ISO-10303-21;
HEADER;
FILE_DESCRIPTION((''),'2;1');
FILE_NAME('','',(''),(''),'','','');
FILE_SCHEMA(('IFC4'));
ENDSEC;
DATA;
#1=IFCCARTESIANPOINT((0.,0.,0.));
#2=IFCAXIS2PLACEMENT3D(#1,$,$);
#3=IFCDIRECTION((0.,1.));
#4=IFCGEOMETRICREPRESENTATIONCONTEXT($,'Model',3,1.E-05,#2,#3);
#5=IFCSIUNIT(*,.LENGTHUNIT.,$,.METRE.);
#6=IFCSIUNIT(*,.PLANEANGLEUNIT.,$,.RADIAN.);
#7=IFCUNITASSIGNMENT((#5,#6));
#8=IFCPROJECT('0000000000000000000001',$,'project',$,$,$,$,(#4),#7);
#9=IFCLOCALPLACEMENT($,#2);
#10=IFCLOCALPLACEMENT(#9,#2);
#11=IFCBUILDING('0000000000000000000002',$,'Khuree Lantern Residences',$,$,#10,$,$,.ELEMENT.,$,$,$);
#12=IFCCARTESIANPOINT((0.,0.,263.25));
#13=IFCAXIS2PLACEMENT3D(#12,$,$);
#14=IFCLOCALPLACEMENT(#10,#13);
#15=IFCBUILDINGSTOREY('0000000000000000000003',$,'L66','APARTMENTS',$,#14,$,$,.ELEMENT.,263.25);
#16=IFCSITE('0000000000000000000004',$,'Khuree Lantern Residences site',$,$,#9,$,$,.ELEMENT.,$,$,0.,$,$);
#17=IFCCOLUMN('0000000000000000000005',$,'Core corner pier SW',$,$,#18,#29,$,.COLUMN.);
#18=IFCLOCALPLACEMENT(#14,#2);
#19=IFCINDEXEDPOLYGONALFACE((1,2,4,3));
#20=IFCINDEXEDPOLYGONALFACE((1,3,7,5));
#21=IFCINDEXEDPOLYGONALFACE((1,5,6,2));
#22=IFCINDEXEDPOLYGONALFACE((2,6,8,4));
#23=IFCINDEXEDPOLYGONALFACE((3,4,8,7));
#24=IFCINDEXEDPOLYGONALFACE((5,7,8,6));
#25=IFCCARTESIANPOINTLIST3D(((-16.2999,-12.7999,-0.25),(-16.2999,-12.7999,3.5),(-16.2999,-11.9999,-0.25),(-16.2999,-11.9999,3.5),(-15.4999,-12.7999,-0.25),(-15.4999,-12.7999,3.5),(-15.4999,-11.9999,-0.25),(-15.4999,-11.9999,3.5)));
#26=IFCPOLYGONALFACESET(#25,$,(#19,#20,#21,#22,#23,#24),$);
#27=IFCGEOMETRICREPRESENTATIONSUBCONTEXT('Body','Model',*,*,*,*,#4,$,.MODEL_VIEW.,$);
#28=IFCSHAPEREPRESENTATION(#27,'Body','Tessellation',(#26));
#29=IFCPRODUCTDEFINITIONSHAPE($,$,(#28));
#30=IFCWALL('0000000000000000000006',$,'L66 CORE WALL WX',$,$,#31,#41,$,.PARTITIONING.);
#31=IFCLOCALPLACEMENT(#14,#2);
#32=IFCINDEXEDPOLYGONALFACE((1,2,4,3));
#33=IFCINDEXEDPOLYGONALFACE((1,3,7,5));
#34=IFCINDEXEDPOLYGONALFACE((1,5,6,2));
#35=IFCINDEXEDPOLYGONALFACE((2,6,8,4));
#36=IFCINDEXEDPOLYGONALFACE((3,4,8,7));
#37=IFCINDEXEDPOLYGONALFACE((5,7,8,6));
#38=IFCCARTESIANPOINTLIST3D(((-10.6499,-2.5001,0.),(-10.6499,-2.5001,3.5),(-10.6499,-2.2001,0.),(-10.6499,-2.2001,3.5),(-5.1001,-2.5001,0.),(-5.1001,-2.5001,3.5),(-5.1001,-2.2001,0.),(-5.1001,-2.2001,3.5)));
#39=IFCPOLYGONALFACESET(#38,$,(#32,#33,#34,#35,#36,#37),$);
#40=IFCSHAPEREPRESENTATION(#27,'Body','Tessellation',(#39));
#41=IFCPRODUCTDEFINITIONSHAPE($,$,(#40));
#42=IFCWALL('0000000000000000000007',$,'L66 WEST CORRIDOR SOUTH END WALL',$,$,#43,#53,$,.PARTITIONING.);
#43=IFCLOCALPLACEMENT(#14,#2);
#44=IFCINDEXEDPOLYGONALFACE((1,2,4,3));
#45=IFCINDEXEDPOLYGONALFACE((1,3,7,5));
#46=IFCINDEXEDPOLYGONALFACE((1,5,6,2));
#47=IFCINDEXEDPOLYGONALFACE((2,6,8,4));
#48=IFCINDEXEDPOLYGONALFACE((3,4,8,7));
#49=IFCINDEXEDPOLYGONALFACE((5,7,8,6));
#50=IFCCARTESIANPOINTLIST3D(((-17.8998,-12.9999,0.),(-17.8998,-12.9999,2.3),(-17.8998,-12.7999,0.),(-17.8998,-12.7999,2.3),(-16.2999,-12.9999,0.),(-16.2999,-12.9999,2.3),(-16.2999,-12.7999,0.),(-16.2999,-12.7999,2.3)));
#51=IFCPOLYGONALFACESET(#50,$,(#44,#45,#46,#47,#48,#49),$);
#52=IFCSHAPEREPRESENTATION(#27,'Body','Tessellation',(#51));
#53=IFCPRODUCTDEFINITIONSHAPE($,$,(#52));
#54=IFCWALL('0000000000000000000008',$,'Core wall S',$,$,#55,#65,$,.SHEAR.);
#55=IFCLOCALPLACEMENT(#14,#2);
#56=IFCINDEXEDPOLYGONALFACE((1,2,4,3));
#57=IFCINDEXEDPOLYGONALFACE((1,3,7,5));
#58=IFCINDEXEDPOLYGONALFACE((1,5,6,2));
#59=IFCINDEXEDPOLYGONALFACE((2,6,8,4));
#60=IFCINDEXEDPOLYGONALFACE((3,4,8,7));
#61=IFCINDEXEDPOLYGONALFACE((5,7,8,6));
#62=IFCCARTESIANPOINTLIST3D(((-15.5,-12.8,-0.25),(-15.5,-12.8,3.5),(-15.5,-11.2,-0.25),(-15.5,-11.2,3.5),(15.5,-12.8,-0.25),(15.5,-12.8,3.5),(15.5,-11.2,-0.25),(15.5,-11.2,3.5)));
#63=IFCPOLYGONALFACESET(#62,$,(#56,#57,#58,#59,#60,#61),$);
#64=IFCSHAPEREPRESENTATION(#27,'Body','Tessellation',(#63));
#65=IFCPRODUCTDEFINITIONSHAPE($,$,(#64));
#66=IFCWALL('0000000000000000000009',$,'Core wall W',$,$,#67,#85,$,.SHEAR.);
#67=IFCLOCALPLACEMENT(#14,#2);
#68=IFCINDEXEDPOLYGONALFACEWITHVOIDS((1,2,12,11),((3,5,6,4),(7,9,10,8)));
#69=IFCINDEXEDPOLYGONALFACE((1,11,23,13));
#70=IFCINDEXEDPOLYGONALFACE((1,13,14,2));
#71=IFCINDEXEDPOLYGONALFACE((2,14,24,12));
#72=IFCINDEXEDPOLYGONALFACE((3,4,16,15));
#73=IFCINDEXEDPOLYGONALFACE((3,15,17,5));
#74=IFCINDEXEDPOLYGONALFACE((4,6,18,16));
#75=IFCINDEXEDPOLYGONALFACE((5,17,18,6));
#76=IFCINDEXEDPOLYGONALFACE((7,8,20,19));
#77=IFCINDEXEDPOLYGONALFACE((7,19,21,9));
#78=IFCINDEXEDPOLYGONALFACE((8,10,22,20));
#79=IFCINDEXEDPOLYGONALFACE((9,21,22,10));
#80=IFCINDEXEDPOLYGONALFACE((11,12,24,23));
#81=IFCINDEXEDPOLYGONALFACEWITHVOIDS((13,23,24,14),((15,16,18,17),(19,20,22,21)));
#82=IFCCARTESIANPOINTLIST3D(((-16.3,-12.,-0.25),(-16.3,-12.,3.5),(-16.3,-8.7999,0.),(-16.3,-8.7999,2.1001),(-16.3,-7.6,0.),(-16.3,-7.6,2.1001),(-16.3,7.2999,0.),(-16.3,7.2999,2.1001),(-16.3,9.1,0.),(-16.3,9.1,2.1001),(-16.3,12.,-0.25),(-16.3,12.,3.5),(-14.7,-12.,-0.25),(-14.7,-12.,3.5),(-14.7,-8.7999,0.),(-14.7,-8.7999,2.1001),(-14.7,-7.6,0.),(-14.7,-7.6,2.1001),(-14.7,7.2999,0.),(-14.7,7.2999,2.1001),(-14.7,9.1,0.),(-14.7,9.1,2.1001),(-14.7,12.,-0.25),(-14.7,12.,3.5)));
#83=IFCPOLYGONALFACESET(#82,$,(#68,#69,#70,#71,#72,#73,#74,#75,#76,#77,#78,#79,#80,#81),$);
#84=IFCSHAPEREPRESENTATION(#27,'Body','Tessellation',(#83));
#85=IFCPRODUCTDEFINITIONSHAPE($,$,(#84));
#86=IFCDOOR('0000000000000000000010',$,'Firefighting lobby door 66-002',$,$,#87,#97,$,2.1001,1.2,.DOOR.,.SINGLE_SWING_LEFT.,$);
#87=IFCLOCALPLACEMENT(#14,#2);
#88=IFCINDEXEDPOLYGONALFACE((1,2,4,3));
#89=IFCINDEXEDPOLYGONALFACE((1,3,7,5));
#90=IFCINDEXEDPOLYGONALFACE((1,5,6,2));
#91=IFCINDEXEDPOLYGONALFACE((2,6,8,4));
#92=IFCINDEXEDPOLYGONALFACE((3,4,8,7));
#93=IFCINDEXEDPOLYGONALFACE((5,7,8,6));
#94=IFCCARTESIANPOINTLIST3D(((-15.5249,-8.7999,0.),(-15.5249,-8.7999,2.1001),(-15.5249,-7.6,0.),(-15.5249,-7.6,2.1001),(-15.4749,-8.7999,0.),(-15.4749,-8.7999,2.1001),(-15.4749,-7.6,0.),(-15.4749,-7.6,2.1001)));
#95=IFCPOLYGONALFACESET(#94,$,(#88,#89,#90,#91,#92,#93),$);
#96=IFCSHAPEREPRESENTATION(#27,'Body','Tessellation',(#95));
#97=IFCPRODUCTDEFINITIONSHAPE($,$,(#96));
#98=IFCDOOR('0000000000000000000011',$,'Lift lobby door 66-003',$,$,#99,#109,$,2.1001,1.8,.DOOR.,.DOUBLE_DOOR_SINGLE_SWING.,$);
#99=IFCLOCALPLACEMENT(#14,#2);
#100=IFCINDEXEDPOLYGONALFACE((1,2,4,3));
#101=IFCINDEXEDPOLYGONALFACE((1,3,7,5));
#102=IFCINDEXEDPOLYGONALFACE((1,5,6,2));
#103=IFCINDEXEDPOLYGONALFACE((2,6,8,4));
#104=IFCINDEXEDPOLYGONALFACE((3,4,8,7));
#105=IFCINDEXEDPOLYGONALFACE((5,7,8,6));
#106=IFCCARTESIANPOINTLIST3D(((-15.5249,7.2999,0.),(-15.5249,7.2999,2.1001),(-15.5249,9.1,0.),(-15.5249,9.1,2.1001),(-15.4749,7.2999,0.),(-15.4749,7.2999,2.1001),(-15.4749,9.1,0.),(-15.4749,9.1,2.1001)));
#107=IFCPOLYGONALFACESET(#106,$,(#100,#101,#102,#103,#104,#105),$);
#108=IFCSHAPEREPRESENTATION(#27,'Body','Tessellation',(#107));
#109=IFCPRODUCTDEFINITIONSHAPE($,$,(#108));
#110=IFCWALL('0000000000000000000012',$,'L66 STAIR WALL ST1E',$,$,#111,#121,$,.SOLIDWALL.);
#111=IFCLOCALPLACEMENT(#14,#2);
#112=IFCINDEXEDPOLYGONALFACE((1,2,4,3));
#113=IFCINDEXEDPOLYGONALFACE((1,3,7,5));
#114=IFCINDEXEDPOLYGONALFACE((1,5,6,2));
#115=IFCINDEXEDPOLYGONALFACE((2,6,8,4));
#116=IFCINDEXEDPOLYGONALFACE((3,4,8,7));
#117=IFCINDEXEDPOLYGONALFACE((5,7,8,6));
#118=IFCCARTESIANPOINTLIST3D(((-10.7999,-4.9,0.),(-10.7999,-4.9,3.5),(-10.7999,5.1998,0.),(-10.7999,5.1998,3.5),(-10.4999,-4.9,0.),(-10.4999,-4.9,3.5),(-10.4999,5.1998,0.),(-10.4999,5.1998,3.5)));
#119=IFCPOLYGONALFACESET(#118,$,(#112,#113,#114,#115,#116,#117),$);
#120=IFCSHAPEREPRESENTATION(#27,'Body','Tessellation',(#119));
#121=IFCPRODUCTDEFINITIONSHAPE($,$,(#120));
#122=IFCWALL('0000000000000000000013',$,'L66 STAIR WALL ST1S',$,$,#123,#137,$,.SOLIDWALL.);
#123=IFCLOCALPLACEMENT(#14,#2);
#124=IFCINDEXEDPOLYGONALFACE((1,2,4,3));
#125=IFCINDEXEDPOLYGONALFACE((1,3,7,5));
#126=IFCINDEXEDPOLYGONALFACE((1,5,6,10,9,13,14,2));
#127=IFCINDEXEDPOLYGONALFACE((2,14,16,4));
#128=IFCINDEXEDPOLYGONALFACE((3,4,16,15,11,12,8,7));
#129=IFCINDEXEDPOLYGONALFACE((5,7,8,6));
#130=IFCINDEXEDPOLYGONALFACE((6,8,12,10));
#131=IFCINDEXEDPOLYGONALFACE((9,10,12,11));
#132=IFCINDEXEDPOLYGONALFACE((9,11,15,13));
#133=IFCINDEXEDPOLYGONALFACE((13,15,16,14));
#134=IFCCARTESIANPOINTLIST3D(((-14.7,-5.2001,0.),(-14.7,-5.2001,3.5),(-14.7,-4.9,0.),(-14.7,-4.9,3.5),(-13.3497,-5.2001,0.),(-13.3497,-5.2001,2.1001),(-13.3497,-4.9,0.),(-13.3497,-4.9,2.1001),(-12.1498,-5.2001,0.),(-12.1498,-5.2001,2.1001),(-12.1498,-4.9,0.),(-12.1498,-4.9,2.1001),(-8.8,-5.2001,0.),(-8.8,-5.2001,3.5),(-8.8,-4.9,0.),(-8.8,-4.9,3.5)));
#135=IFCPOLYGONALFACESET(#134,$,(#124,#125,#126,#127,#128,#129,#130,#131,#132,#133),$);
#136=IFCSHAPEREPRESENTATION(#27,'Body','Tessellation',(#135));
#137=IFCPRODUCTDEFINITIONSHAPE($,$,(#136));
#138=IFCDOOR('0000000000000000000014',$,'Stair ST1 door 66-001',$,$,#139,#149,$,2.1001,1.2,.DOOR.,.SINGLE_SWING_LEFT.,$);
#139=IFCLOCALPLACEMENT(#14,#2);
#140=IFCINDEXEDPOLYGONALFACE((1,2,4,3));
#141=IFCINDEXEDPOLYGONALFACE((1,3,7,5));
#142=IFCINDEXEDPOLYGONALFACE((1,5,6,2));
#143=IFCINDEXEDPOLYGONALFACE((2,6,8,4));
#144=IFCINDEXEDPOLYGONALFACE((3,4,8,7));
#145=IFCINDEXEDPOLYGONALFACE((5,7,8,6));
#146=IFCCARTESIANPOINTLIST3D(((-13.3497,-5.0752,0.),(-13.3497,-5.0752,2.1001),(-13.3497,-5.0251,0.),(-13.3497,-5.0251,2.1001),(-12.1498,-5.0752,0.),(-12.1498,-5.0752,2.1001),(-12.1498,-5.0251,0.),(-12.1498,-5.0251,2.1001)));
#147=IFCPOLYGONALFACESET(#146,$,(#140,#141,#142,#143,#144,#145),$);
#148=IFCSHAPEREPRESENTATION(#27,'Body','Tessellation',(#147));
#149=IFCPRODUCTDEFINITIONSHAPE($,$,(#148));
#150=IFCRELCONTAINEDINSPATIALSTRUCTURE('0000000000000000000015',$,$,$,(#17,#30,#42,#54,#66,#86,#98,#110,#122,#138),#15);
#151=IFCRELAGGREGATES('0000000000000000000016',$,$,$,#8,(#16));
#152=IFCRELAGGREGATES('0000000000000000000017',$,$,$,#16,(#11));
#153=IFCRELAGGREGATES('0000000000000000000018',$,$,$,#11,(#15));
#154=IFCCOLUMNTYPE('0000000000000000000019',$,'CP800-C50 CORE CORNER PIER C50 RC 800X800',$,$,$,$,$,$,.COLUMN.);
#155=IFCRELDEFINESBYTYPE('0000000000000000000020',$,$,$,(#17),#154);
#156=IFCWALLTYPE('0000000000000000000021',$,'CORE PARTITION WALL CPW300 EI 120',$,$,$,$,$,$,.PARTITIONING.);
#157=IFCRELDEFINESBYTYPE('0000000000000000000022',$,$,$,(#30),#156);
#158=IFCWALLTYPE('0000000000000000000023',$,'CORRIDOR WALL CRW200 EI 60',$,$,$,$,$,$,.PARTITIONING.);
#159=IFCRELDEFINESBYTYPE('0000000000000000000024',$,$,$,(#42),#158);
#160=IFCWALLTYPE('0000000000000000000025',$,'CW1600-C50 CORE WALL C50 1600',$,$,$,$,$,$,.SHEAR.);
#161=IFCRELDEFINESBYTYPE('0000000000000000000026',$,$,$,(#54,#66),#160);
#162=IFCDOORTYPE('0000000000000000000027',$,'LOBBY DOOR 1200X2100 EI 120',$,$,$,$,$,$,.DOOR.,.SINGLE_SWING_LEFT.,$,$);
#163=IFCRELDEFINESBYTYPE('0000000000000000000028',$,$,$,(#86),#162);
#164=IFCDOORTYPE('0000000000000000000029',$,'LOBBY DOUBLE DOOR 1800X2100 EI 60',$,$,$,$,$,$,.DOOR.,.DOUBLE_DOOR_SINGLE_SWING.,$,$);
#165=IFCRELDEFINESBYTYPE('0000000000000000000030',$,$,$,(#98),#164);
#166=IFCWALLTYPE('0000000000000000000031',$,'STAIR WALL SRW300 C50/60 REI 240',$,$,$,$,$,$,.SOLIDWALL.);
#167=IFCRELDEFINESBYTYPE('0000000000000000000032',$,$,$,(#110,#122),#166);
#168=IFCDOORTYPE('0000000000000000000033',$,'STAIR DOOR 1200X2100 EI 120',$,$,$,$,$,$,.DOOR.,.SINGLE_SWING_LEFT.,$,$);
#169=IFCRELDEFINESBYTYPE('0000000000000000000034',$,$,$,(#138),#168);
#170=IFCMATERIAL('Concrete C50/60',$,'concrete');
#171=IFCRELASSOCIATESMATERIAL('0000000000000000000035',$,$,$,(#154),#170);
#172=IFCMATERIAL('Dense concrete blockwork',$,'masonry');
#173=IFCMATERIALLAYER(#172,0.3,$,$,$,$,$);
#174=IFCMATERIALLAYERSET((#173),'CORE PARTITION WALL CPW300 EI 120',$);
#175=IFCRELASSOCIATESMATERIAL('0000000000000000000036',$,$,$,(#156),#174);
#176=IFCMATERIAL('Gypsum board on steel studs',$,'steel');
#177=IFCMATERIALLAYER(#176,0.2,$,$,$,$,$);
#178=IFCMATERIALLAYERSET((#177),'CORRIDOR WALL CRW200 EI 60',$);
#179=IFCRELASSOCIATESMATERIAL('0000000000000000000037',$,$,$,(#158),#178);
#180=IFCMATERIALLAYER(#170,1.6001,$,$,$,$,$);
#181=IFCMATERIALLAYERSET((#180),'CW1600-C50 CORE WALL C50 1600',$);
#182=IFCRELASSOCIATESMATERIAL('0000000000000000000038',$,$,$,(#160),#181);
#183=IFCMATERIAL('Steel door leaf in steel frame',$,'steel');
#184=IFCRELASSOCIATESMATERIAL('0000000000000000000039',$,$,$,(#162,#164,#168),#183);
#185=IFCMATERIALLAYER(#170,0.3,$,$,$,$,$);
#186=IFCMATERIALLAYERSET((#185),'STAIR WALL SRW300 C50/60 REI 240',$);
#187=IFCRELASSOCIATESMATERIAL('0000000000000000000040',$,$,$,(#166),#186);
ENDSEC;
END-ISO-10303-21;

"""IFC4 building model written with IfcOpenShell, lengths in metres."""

from ifc_helpers import new_model, si_unit, direction, frame, frame_2d, origin, origin_2d, place, context, subcontext, project, spatial, rectangle, extrude, material, layer, layer_set, material_profile, profile_set, type_object, element, fill, save


model = new_model("IFC4")

# Units and contexts
model_context = context("Model", 3, precision=1e-05, world=origin(), true_north=direction((0.0, 1.0)))
body_context = subcontext(model_context, "Body", "Model", "MODEL_VIEW")
ifc_project = project(units=[si_unit("LENGTHUNIT", "METRE"), si_unit("PLANEANGLEUNIT", "RADIAN")], contexts=[model_context])

# Site, building, storey
site_placement = place(None, origin())
site = spatial("IfcSite", under=ifc_project, at=site_placement, Name="Khuree Lantern Residences site", CompositionType="ELEMENT", RefElevation=0.0)
building_placement = place(site_placement, origin())
building = spatial("IfcBuilding", under=site, at=building_placement, Name="Khuree Lantern Residences", CompositionType="ELEMENT")
storey_placement = place(building_placement, frame((0.0, 0.0, 263.25)))
storey = spatial("IfcBuildingStorey", under=building, at=storey_placement, Name="L66", Description="APARTMENTS", CompositionType="ELEMENT", Elevation=263.25)

# Column
ifc_material_1 = material(Name="Concrete C50/60", Category="concrete")
ifc_material_profile = material_profile(ifc_material_1, rectangle(XDim=0.8, YDim=0.8, at=origin_2d()), Name="RC 800X800")
ifc_profile_set = profile_set([ifc_material_profile], Name="Concrete C50/60")
column_type = type_object("IfcColumnType", Name="CP800-C50 CORE CORNER PIER C50 RC 800X800", PredefinedType="COLUMN", material=ifc_profile_set)
column_placement = place(storey_placement, frame((-15.8999, -12.3999, -0.25), z_axis=(0.0, 0.0, 1.0), x_axis=(1.0, 0.0, 0.0)))
element("IfcColumn", 1, at=column_placement, inside=storey, type_object=column_type, Name="Core corner pier SW", PredefinedType="COLUMN", context=body_context, shape_type="SweptSolid", body=[
    extrude(rectangle(XDim=0.8, YDim=0.8, at=origin_2d()), origin(), (0.0, 0.0, 1.0), 3.75),
])

# Walls
ifc_material_2 = material(Name="Dense concrete blockwork", Category="masonry")
ifc_layer_1 = layer(ifc_material_2, 0.3)
ifc_layer_set_1 = layer_set([ifc_layer_1], Name="CORE PARTITION WALL CPW300 EI 120")
wall_type_1 = type_object("IfcWallType", Name="CORE PARTITION WALL CPW300 EI 120", PredefinedType="PARTITIONING", material=ifc_layer_set_1)
wall_1_placement = place(storey_placement, frame((-10.6499, -2.3501, 0.0), z_axis=(0.0, 0.0, 1.0), x_axis=(1.0, 0.0, 0.0)))
element("IfcWall", 2, at=wall_1_placement, inside=storey, type_object=wall_type_1, Name="L66 CORE WALL WX", PredefinedType="PARTITIONING", context=body_context, shape_type="SweptSolid", body=[
    extrude(rectangle(XDim=5.5498, YDim=0.3, at=frame_2d((2.7749, 0.0))), origin(), (0.0, 0.0, 1.0), 3.5),
])
ifc_material_3 = material(Name="Gypsum board on steel studs", Category="steel")
ifc_layer_2 = layer(ifc_material_3, 0.2)
ifc_layer_set_2 = layer_set([ifc_layer_2], Name="CORRIDOR WALL CRW200 EI 60")
wall_type_2 = type_object("IfcWallType", Name="CORRIDOR WALL CRW200 EI 60", PredefinedType="PARTITIONING", material=ifc_layer_set_2)
wall_2_placement = place(storey_placement, frame((-16.3, -12.8999, 0.0), z_axis=(0.0, 0.0, 1.0), x_axis=(-1.0, 0.0, 0.0)))
element("IfcWall", 3, at=wall_2_placement, inside=storey, type_object=wall_type_2, Name="L66 WEST CORRIDOR SOUTH END WALL", PredefinedType="PARTITIONING", context=body_context, shape_type="SweptSolid", body=[
    extrude(rectangle(XDim=1.5999, YDim=0.2, at=frame_2d((0.7998, 0.0))), origin(), (0.0, 0.0, 1.0), 2.3),
])
ifc_layer_3 = layer(ifc_material_1, 1.6001)
ifc_layer_set_3 = layer_set([ifc_layer_3], Name="CW1600-C50 CORE WALL C50 1600")
wall_type_3 = type_object("IfcWallType", Name="CW1600-C50 CORE WALL C50 1600", PredefinedType="SHEAR", material=ifc_layer_set_3)
wall_3_placement = place(storey_placement, frame((-15.5, -12.0, -0.25), z_axis=(0.0, 0.0, 1.0), x_axis=(1.0, 0.0, 0.0)))
element("IfcWall", 4, at=wall_3_placement, inside=storey, type_object=wall_type_3, Name="Core wall S", PredefinedType="SHEAR", context=body_context, shape_type="SweptSolid", body=[
    extrude(rectangle(XDim=31.0, YDim=1.6001, at=frame_2d((15.5, 0.0))), origin(), (0.0, 0.0, 1.0), 3.75),
])

# Wall, openings, doors
wall_4_placement = place(storey_placement, frame((-15.5, -12.0, -0.25), z_axis=(0.0, 0.0, 1.0), x_axis=(0.0, 1.0, 0.0)))
wall_4 = element("IfcWall", 5, at=wall_4_placement, inside=storey, type_object=wall_type_3, Name="Core wall W", PredefinedType="SHEAR", context=body_context, shape_type="SweptSolid", body=[
    extrude(rectangle(XDim=24.0, YDim=1.6001, at=frame_2d((12.0, 0.0))), origin(), (0.0, 0.0, 1.0), 3.75),
])
opening_1_placement = place(wall_4_placement, frame((3.2, 0.0, 0.25)))
opening_1 = element("IfcOpeningElement", 6, at=opening_1_placement, cuts=wall_4, PredefinedType="OPENING", context=body_context, shape_type="SweptSolid", body=[
    extrude(rectangle(XDim=1.2, YDim=2.1001, at=frame_2d((0.6001, 1.05))), frame((0.0, 0.8101, 0.0), z_axis=(0.0, -1.0, 0.0), x_axis=(1.0, 0.0, 0.0)), (0.0, 0.0, 1.0), 1.6201),
])
opening_2_placement = place(wall_4_placement, frame((19.3, 0.0, 0.25)))
opening_2 = element("IfcOpeningElement", 7, at=opening_2_placement, cuts=wall_4, PredefinedType="OPENING", context=body_context, shape_type="SweptSolid", body=[
    extrude(rectangle(XDim=1.8, YDim=2.1001, at=frame_2d((0.8999, 1.05))), frame((0.0, 0.8101, 0.0), z_axis=(0.0, -1.0, 0.0), x_axis=(1.0, 0.0, 0.0)), (0.0, 0.0, 1.0), 1.6201),
])
ifc_material_4 = material(Name="Steel door leaf in steel frame", Category="steel")
door_type_1 = type_object("IfcDoorType", Name="LOBBY DOOR 1200X2100 EI 120", OperationType="SINGLE_SWING_LEFT", PredefinedType="DOOR", material=ifc_material_4)
door_1_placement = place(opening_1_placement, origin())
door_1 = element("IfcDoor", 8, at=door_1_placement, inside=storey, type_object=door_type_1, Name="Firefighting lobby door 66-002", OperationType="SINGLE_SWING_LEFT", OverallHeight=2.1001, OverallWidth=1.2, PredefinedType="DOOR", context=body_context, shape_type="SweptSolid", body=[
    extrude(rectangle(XDim=1.2, YDim=2.1001, at=frame_2d((0.6001, 1.05))), frame((0.0, 0.0249, 0.0), z_axis=(0.0, -1.0, 0.0), x_axis=(1.0, 0.0, 0.0)), (0.0, 0.0, 1.0), 0.05),
])
fill(opening_1, door_1)
door_type_2 = type_object("IfcDoorType", Name="LOBBY DOUBLE DOOR 1800X2100 EI 60", OperationType="DOUBLE_DOOR_SINGLE_SWING", PredefinedType="DOOR", material=ifc_material_4)
door_2_placement = place(opening_2_placement, origin())
door_2 = element("IfcDoor", 9, at=door_2_placement, inside=storey, type_object=door_type_2, Name="Lift lobby door 66-003", OperationType="DOUBLE_DOOR_SINGLE_SWING", OverallHeight=2.1001, OverallWidth=1.8, PredefinedType="DOOR", context=body_context, shape_type="SweptSolid", body=[
    extrude(rectangle(XDim=1.8, YDim=2.1001, at=frame_2d((0.8999, 1.05))), frame((0.0, 0.0249, 0.0), z_axis=(0.0, -1.0, 0.0), x_axis=(1.0, 0.0, 0.0)), (0.0, 0.0, 1.0), 0.05),
])
fill(opening_2, door_2)

# Wall
ifc_layer_4 = layer(ifc_material_1, 0.3)
ifc_layer_set_4 = layer_set([ifc_layer_4], Name="STAIR WALL SRW300 C50/60 REI 240")
wall_type_4 = type_object("IfcWallType", Name="STAIR WALL SRW300 C50/60 REI 240", PredefinedType="SOLIDWALL", material=ifc_layer_set_4)
wall_5_placement = place(storey_placement, frame((-10.6499, -4.8999, 0.0), z_axis=(0.0, 0.0, 1.0), x_axis=(0.0, 1.0, 0.0)))
element("IfcWall", 10, at=wall_5_placement, inside=storey, type_object=wall_type_4, Name="L66 STAIR WALL ST1E", PredefinedType="SOLIDWALL", context=body_context, shape_type="SweptSolid", body=[
    extrude(rectangle(XDim=10.0999, YDim=0.3, at=frame_2d((5.0498, 0.0))), origin(), (0.0, 0.0, 1.0), 3.5),
])

# Wall, opening, door
wall_6_placement = place(storey_placement, frame((-14.7, -5.05, 0.0), z_axis=(0.0, 0.0, 1.0), x_axis=(1.0, 0.0, 0.0)))
wall_6 = element("IfcWall", 11, at=wall_6_placement, inside=storey, type_object=wall_type_4, Name="L66 STAIR WALL ST1S", PredefinedType="SOLIDWALL", context=body_context, shape_type="SweptSolid", body=[
    extrude(rectangle(XDim=5.8999, YDim=0.3, at=frame_2d((2.95, 0.0))), origin(), (0.0, 0.0, 1.0), 3.5),
])
opening_3_placement = place(wall_6_placement, frame((1.3501, 0.0, 0.0)))
opening_3 = element("IfcOpeningElement", 12, at=opening_3_placement, cuts=wall_6, PredefinedType="OPENING", context=body_context, shape_type="SweptSolid", body=[
    extrude(rectangle(XDim=1.2, YDim=2.1001, at=frame_2d((0.6001, 1.05))), frame((0.0, 0.1602, 0.0), z_axis=(0.0, -1.0, 0.0), x_axis=(1.0, 0.0, 0.0)), (0.0, 0.0, 1.0), 0.3201),
])
door_type_3 = type_object("IfcDoorType", Name="STAIR DOOR 1200X2100 EI 120", OperationType="SINGLE_SWING_LEFT", PredefinedType="DOOR", material=ifc_material_4)
door_3_placement = place(opening_3_placement, origin())
door_3 = element("IfcDoor", 13, at=door_3_placement, inside=storey, type_object=door_type_3, Name="Stair ST1 door 66-001", OperationType="SINGLE_SWING_LEFT", OverallHeight=2.1001, OverallWidth=1.2, PredefinedType="DOOR", context=body_context, shape_type="SweptSolid", body=[
    extrude(rectangle(XDim=1.2, YDim=2.1001, at=frame_2d((0.6001, 1.05))), frame((0.0, 0.0249, 0.0), z_axis=(0.0, -1.0, 0.0), x_axis=(1.0, 0.0, 0.0)), (0.0, 0.0, 1.0), 0.05),
])
fill(opening_3, door_3)

save(model, "model.ifc")
